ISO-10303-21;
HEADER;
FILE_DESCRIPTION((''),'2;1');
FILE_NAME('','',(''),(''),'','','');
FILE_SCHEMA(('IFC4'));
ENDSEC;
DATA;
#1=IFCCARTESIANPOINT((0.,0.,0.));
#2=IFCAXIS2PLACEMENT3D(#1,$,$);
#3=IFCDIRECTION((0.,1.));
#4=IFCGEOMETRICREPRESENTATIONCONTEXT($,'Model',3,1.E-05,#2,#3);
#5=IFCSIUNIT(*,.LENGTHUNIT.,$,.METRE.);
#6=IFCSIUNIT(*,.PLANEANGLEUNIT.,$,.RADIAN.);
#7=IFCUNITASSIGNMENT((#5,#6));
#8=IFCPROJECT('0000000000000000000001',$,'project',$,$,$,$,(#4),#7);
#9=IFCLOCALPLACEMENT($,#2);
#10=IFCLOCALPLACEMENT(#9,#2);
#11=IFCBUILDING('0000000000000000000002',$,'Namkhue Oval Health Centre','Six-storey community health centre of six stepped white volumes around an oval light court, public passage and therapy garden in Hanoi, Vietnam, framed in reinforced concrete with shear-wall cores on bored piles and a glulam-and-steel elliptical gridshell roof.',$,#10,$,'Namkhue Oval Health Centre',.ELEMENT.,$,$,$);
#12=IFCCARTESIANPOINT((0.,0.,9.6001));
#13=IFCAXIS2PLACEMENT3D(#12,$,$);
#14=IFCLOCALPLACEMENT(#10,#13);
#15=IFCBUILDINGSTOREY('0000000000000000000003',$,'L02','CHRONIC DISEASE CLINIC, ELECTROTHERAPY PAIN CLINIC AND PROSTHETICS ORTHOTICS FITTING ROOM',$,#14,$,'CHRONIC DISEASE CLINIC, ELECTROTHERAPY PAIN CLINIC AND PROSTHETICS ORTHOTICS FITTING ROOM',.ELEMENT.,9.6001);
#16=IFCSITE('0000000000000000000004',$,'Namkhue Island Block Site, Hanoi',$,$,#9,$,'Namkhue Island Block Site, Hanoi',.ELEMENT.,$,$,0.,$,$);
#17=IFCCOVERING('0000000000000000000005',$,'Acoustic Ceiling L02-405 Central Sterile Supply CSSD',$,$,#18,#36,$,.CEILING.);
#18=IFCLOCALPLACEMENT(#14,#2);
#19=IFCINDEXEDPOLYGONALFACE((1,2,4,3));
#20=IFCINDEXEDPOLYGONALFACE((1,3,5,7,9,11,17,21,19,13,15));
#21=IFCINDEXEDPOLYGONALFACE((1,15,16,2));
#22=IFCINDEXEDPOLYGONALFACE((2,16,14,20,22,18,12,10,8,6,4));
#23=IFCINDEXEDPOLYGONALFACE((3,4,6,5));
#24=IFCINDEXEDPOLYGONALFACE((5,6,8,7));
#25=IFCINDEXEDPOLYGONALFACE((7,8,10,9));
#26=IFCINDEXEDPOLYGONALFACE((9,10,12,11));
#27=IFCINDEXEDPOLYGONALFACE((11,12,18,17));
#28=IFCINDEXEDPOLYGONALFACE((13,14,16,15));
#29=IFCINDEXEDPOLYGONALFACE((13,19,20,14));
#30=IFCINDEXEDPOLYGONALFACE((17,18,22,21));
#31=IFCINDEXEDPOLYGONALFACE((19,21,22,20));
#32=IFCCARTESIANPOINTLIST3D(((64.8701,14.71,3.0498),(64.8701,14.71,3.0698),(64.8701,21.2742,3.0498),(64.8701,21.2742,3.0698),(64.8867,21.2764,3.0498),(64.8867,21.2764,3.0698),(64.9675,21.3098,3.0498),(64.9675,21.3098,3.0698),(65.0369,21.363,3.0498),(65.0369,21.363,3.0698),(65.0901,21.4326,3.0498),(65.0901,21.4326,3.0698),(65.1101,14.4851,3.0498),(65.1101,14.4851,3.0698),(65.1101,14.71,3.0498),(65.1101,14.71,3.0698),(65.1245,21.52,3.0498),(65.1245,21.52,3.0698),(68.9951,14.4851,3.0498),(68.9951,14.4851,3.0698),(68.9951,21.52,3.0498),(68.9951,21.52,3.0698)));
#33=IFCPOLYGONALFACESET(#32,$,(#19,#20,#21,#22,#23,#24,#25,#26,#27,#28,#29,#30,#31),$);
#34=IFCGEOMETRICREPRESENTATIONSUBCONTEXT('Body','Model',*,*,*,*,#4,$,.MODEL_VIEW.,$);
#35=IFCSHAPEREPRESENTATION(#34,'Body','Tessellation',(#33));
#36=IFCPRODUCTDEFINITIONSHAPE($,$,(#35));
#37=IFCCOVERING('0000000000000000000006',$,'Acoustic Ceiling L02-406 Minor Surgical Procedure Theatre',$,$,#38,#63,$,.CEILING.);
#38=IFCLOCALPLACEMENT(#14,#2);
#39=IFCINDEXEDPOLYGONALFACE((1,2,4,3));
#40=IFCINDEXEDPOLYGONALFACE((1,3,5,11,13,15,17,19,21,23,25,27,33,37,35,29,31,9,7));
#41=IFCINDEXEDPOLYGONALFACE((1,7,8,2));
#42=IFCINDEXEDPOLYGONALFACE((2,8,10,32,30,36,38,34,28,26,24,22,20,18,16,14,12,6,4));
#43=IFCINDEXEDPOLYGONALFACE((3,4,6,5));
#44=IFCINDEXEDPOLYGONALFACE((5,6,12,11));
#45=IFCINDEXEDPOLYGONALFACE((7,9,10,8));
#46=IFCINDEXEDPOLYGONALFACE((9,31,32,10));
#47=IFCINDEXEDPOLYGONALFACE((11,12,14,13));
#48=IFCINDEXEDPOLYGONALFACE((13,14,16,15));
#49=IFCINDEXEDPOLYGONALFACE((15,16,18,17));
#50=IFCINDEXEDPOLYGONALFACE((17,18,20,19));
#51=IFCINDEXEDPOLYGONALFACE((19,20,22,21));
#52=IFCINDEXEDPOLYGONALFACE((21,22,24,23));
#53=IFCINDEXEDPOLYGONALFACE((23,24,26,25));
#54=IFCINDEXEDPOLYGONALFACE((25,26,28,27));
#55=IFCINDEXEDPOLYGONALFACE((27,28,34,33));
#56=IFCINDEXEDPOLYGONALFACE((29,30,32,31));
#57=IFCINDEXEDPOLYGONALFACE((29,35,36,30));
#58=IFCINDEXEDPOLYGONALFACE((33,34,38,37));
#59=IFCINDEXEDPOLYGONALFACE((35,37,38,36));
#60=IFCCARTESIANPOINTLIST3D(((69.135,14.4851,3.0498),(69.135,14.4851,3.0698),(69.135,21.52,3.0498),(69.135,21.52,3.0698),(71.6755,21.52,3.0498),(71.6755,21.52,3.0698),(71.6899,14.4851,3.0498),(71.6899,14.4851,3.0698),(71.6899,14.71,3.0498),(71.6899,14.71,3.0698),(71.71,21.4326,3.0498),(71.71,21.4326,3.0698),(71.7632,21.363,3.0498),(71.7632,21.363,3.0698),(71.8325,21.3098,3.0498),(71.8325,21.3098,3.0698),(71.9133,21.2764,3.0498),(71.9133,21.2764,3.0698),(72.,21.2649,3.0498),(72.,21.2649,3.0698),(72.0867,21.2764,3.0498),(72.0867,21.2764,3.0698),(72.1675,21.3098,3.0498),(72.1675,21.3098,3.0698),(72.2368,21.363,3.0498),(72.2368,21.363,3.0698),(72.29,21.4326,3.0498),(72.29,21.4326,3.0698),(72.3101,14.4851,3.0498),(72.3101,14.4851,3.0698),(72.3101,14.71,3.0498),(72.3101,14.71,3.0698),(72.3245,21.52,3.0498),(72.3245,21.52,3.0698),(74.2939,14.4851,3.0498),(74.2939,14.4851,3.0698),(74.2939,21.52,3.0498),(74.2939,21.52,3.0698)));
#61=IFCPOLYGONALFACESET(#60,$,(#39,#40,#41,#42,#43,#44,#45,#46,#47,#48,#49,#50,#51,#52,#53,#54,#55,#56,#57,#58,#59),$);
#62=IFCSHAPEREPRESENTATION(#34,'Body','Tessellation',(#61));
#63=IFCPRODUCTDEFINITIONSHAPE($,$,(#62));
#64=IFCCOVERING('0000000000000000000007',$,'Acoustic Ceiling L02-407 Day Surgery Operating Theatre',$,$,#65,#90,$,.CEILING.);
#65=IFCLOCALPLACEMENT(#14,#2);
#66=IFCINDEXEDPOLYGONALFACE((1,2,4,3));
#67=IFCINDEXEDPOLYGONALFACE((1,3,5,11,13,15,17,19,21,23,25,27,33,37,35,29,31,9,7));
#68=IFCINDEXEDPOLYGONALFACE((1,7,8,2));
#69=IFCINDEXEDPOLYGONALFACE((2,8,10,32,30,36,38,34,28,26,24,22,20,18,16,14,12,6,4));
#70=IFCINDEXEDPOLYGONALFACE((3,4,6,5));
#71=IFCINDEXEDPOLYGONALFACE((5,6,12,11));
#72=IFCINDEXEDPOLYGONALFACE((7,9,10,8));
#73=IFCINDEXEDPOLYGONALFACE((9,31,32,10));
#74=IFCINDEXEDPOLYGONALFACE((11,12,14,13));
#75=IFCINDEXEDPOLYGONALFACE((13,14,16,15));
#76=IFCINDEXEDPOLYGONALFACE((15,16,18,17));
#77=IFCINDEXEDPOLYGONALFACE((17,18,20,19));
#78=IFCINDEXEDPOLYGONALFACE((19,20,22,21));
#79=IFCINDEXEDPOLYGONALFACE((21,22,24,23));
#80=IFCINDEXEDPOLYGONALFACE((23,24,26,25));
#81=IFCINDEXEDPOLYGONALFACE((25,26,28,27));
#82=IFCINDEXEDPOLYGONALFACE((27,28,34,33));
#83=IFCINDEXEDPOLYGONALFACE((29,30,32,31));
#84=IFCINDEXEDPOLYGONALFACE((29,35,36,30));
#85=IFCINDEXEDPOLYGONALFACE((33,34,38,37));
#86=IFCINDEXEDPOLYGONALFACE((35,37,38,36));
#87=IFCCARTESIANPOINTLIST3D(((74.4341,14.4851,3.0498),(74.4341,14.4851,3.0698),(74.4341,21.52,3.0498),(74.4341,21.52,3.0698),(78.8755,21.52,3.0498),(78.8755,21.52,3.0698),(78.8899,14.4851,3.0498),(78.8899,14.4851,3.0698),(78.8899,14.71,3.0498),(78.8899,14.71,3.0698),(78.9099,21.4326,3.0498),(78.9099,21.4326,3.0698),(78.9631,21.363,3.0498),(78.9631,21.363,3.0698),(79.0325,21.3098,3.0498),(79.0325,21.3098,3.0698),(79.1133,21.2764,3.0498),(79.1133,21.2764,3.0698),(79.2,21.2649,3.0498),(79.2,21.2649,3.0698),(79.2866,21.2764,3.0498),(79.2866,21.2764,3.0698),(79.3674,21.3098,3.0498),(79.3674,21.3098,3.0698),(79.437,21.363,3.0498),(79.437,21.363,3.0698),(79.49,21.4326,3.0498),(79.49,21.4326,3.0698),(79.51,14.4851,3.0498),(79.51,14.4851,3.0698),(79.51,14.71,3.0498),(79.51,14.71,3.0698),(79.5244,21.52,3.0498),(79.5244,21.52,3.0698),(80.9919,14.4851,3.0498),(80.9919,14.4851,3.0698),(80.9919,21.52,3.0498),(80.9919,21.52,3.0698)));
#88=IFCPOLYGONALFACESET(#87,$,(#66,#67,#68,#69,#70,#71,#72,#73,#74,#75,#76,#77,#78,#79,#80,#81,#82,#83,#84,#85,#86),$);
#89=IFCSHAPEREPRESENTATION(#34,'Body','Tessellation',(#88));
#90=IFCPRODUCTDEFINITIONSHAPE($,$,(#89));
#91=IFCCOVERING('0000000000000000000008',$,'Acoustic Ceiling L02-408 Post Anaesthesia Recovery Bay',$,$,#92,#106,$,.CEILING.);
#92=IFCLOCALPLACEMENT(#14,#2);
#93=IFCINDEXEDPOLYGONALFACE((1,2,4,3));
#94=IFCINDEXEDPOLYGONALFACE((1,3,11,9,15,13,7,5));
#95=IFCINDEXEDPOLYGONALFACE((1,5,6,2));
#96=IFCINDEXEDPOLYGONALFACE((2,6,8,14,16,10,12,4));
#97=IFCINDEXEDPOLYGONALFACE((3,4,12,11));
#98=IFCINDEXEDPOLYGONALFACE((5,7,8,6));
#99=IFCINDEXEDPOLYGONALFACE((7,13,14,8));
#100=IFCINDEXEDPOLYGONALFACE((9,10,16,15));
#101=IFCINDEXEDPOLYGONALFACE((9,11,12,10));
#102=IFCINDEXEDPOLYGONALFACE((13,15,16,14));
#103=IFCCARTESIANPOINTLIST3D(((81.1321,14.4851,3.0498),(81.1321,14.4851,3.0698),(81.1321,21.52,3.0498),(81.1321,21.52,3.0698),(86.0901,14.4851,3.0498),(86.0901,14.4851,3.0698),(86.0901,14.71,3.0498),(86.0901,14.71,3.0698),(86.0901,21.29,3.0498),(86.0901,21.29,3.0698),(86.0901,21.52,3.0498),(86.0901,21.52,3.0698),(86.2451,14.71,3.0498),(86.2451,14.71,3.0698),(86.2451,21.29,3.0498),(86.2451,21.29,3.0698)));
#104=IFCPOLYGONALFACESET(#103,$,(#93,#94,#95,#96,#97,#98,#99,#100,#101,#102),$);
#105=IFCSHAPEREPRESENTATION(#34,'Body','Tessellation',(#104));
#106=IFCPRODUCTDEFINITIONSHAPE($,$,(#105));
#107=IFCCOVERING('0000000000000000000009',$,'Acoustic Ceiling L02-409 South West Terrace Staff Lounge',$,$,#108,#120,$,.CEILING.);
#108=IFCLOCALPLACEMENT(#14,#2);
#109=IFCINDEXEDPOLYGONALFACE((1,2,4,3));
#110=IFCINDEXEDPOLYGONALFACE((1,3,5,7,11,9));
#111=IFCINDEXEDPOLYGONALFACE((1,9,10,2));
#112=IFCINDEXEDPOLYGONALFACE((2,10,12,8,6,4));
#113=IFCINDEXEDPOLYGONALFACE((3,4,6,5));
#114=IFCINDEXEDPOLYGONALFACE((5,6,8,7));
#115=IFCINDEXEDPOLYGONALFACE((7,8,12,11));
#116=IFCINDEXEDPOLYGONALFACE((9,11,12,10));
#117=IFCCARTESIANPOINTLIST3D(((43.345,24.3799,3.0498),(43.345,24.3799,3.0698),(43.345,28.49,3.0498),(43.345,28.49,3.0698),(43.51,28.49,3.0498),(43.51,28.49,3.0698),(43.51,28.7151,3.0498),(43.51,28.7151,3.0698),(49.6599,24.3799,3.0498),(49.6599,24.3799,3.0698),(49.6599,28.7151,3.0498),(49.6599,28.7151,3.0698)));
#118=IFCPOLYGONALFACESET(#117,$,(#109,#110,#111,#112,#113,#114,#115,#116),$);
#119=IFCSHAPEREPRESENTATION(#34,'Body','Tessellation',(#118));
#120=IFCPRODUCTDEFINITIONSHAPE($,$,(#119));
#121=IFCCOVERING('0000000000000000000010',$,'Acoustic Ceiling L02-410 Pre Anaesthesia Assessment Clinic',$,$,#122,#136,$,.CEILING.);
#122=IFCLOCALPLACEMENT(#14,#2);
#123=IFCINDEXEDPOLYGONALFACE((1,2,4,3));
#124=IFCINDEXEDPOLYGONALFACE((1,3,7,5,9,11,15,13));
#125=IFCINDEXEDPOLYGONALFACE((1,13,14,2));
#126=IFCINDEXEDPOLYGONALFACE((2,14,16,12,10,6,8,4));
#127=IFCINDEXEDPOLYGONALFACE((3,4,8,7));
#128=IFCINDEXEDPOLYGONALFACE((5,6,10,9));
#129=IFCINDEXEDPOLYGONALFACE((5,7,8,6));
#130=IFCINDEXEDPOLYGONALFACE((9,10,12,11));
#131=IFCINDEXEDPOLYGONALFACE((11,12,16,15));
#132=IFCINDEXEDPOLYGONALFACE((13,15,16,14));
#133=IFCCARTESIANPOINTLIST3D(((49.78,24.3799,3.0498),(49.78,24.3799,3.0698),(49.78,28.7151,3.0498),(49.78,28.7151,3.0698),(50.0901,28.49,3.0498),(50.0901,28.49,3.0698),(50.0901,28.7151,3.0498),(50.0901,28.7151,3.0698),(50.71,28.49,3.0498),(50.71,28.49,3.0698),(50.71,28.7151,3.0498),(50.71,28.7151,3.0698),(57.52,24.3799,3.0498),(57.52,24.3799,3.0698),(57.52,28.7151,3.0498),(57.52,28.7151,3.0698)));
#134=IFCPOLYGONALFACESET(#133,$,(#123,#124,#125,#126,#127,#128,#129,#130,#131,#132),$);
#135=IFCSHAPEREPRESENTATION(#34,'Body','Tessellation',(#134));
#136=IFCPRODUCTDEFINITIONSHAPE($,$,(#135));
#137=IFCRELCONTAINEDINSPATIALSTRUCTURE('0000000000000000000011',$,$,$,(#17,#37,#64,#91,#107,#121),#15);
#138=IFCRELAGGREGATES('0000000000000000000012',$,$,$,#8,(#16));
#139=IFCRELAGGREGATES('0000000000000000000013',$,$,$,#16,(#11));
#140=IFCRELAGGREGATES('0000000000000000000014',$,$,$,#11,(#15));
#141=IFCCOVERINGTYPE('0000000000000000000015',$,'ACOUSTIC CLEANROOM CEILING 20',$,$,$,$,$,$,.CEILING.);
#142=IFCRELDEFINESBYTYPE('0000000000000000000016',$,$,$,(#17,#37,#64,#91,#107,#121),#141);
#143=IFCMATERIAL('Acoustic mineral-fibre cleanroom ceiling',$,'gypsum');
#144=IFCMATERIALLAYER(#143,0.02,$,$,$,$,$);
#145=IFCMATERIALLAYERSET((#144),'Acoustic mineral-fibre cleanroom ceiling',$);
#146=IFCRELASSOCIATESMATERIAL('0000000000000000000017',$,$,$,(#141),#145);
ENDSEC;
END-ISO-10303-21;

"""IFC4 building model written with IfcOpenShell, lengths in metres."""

from ifc_helpers import new_model, si_unit, direction, frame, origin, place, context, subcontext, project, spatial, polyline, outline, extrude, material, layer, layer_set, type_object, element, save


model = new_model("IFC4")

# Units and contexts
model_context = context("Model", 3, precision=1e-05, world=origin(), true_north=direction((0.0, 1.0)))
body_context = subcontext(model_context, "Body", "Model", "MODEL_VIEW")
ifc_project = project(units=[si_unit("LENGTHUNIT", "METRE"), si_unit("PLANEANGLEUNIT", "RADIAN")], contexts=[model_context])

# Site, building, storey
site_placement = place(None, origin())
site = spatial("IfcSite", under=ifc_project, at=site_placement, Name="Namkhue Island Block Site, Hanoi", LongName="Namkhue Island Block Site, Hanoi", CompositionType="ELEMENT", RefElevation=0.0)
building_placement = place(site_placement, origin())
building = spatial("IfcBuilding", under=site, at=building_placement, Name="Namkhue Oval Health Centre", Description="Six-storey community health centre of six stepped white volumes around an oval light court, public passage and therapy garden in Hanoi, Vietnam, framed in reinforced concrete with shear-wall cores on bored piles and a glulam-and-steel elliptical gridshell roof.", LongName="Namkhue Oval Health Centre", CompositionType="ELEMENT")
storey_placement = place(building_placement, frame((0.0, 0.0, 9.6001)))
storey = spatial("IfcBuildingStorey", under=building, at=storey_placement, Name="L02", Description="CHRONIC DISEASE CLINIC, ELECTROTHERAPY PAIN CLINIC AND PROSTHETICS ORTHOTICS FITTING ROOM", LongName="CHRONIC DISEASE CLINIC, ELECTROTHERAPY PAIN CLINIC AND PROSTHETICS ORTHOTICS FITTING ROOM", CompositionType="ELEMENT", Elevation=9.6001)

# Coverings
ifc_material = material(Name="Acoustic mineral-fibre cleanroom ceiling", Category="gypsum")
ifc_layer = layer(ifc_material, 0.02)
ifc_layer_set = layer_set([ifc_layer], Name="Acoustic mineral-fibre cleanroom ceiling")
covering_type = type_object("IfcCoveringType", Name="ACOUSTIC CLEANROOM CEILING 20", PredefinedType="CEILING", material=ifc_layer_set)
covering_1_placement = place(storey_placement, frame((0.0, 0.0, 3.0498)))
element("IfcCovering", 1, at=covering_1_placement, inside=storey, type_object=covering_type, Name="Acoustic Ceiling L02-405 Central Sterile Supply CSSD", PredefinedType="CEILING", context=body_context, shape_type="SweptSolid", body=[
    extrude(outline(polyline([(65.1101, 14.4851), (65.1101, 14.71), (64.8701, 14.71), (64.8701, 21.2742), (64.8867, 21.2764), (64.9675, 21.3098), (65.0369, 21.363), (65.0901, 21.4326), (65.1245, 21.52), (68.9951, 21.52), (68.9951, 14.4851), (65.1101, 14.4851)])), origin(), (0.0, 0.0, 1.0), 0.02),
])
covering_2_placement = place(storey_placement, frame((0.0, 0.0, 3.0498)))
element("IfcCovering", 2, at=covering_2_placement, inside=storey, type_object=covering_type, Name="Acoustic Ceiling L02-406 Minor Surgical Procedure Theatre", PredefinedType="CEILING", context=body_context, shape_type="SweptSolid", body=[
    extrude(outline(polyline([(72.3101, 14.4851), (72.3101, 14.71), (71.6899, 14.71), (71.6899, 14.4851), (69.135, 14.4851), (69.135, 21.52), (71.6755, 21.52), (71.71, 21.4326), (71.7632, 21.363), (71.8325, 21.3098), (71.9133, 21.2764), (72.0, 21.2649), (72.0867, 21.2764), (72.1675, 21.3098), (72.2368, 21.363), (72.29, 21.4326), (72.3245, 21.52), (74.2939, 21.52), (74.2939, 14.4851), (72.3101, 14.4851)])), origin(), (0.0, 0.0, 1.0), 0.02),
])
covering_3_placement = place(storey_placement, frame((0.0, 0.0, 3.0498)))
element("IfcCovering", 3, at=covering_3_placement, inside=storey, type_object=covering_type, Name="Acoustic Ceiling L02-407 Day Surgery Operating Theatre", PredefinedType="CEILING", context=body_context, shape_type="SweptSolid", body=[
    extrude(outline(polyline([(79.51, 14.4851), (79.51, 14.71), (78.8899, 14.71), (78.8899, 14.4851), (74.4341, 14.4851), (74.4341, 21.52), (78.8755, 21.52), (78.9099, 21.4326), (78.9631, 21.363), (79.0325, 21.3098), (79.1133, 21.2764), (79.2, 21.2649), (79.2866, 21.2764), (79.3674, 21.3098), (79.437, 21.363), (79.49, 21.4326), (79.5244, 21.52), (80.9919, 21.52), (80.9919, 14.4851), (79.51, 14.4851)])), origin(), (0.0, 0.0, 1.0), 0.02),
])
covering_4_placement = place(storey_placement, frame((0.0, 0.0, 3.0498)))
element("IfcCovering", 4, at=covering_4_placement, inside=storey, type_object=covering_type, Name="Acoustic Ceiling L02-408 Post Anaesthesia Recovery Bay", PredefinedType="CEILING", context=body_context, shape_type="SweptSolid", body=[
    extrude(outline(polyline([(81.1321, 14.4851), (81.1321, 21.52), (86.0901, 21.52), (86.0901, 21.29), (86.2451, 21.29), (86.2451, 14.71), (86.0901, 14.71), (86.0901, 14.4851), (81.1321, 14.4851)])), origin(), (0.0, 0.0, 1.0), 0.02),
])
covering_5_placement = place(storey_placement, frame((0.0, 0.0, 3.0498)))
element("IfcCovering", 5, at=covering_5_placement, inside=storey, type_object=covering_type, Name="Acoustic Ceiling L02-409 South West Terrace Staff Lounge", PredefinedType="CEILING", context=body_context, shape_type="SweptSolid", body=[
    extrude(outline(polyline([(43.345, 24.3799), (43.345, 28.49), (43.51, 28.49), (43.51, 28.7151), (49.6599, 28.7151), (49.6599, 24.3799), (43.345, 24.3799)])), origin(), (0.0, 0.0, 1.0), 0.02),
])
covering_6_placement = place(storey_placement, frame((0.0, 0.0, 3.0498)))
element("IfcCovering", 6, at=covering_6_placement, inside=storey, type_object=covering_type, Name="Acoustic Ceiling L02-410 Pre Anaesthesia Assessment Clinic", PredefinedType="CEILING", context=body_context, shape_type="SweptSolid", body=[
    extrude(outline(polyline([(49.78, 24.3799), (49.78, 28.7151), (50.0901, 28.7151), (50.0901, 28.49), (50.71, 28.49), (50.71, 28.7151), (57.52, 28.7151), (57.52, 24.3799), (49.78, 24.3799)])), origin(), (0.0, 0.0, 1.0), 0.02),
])

save(model, "model.ifc")
